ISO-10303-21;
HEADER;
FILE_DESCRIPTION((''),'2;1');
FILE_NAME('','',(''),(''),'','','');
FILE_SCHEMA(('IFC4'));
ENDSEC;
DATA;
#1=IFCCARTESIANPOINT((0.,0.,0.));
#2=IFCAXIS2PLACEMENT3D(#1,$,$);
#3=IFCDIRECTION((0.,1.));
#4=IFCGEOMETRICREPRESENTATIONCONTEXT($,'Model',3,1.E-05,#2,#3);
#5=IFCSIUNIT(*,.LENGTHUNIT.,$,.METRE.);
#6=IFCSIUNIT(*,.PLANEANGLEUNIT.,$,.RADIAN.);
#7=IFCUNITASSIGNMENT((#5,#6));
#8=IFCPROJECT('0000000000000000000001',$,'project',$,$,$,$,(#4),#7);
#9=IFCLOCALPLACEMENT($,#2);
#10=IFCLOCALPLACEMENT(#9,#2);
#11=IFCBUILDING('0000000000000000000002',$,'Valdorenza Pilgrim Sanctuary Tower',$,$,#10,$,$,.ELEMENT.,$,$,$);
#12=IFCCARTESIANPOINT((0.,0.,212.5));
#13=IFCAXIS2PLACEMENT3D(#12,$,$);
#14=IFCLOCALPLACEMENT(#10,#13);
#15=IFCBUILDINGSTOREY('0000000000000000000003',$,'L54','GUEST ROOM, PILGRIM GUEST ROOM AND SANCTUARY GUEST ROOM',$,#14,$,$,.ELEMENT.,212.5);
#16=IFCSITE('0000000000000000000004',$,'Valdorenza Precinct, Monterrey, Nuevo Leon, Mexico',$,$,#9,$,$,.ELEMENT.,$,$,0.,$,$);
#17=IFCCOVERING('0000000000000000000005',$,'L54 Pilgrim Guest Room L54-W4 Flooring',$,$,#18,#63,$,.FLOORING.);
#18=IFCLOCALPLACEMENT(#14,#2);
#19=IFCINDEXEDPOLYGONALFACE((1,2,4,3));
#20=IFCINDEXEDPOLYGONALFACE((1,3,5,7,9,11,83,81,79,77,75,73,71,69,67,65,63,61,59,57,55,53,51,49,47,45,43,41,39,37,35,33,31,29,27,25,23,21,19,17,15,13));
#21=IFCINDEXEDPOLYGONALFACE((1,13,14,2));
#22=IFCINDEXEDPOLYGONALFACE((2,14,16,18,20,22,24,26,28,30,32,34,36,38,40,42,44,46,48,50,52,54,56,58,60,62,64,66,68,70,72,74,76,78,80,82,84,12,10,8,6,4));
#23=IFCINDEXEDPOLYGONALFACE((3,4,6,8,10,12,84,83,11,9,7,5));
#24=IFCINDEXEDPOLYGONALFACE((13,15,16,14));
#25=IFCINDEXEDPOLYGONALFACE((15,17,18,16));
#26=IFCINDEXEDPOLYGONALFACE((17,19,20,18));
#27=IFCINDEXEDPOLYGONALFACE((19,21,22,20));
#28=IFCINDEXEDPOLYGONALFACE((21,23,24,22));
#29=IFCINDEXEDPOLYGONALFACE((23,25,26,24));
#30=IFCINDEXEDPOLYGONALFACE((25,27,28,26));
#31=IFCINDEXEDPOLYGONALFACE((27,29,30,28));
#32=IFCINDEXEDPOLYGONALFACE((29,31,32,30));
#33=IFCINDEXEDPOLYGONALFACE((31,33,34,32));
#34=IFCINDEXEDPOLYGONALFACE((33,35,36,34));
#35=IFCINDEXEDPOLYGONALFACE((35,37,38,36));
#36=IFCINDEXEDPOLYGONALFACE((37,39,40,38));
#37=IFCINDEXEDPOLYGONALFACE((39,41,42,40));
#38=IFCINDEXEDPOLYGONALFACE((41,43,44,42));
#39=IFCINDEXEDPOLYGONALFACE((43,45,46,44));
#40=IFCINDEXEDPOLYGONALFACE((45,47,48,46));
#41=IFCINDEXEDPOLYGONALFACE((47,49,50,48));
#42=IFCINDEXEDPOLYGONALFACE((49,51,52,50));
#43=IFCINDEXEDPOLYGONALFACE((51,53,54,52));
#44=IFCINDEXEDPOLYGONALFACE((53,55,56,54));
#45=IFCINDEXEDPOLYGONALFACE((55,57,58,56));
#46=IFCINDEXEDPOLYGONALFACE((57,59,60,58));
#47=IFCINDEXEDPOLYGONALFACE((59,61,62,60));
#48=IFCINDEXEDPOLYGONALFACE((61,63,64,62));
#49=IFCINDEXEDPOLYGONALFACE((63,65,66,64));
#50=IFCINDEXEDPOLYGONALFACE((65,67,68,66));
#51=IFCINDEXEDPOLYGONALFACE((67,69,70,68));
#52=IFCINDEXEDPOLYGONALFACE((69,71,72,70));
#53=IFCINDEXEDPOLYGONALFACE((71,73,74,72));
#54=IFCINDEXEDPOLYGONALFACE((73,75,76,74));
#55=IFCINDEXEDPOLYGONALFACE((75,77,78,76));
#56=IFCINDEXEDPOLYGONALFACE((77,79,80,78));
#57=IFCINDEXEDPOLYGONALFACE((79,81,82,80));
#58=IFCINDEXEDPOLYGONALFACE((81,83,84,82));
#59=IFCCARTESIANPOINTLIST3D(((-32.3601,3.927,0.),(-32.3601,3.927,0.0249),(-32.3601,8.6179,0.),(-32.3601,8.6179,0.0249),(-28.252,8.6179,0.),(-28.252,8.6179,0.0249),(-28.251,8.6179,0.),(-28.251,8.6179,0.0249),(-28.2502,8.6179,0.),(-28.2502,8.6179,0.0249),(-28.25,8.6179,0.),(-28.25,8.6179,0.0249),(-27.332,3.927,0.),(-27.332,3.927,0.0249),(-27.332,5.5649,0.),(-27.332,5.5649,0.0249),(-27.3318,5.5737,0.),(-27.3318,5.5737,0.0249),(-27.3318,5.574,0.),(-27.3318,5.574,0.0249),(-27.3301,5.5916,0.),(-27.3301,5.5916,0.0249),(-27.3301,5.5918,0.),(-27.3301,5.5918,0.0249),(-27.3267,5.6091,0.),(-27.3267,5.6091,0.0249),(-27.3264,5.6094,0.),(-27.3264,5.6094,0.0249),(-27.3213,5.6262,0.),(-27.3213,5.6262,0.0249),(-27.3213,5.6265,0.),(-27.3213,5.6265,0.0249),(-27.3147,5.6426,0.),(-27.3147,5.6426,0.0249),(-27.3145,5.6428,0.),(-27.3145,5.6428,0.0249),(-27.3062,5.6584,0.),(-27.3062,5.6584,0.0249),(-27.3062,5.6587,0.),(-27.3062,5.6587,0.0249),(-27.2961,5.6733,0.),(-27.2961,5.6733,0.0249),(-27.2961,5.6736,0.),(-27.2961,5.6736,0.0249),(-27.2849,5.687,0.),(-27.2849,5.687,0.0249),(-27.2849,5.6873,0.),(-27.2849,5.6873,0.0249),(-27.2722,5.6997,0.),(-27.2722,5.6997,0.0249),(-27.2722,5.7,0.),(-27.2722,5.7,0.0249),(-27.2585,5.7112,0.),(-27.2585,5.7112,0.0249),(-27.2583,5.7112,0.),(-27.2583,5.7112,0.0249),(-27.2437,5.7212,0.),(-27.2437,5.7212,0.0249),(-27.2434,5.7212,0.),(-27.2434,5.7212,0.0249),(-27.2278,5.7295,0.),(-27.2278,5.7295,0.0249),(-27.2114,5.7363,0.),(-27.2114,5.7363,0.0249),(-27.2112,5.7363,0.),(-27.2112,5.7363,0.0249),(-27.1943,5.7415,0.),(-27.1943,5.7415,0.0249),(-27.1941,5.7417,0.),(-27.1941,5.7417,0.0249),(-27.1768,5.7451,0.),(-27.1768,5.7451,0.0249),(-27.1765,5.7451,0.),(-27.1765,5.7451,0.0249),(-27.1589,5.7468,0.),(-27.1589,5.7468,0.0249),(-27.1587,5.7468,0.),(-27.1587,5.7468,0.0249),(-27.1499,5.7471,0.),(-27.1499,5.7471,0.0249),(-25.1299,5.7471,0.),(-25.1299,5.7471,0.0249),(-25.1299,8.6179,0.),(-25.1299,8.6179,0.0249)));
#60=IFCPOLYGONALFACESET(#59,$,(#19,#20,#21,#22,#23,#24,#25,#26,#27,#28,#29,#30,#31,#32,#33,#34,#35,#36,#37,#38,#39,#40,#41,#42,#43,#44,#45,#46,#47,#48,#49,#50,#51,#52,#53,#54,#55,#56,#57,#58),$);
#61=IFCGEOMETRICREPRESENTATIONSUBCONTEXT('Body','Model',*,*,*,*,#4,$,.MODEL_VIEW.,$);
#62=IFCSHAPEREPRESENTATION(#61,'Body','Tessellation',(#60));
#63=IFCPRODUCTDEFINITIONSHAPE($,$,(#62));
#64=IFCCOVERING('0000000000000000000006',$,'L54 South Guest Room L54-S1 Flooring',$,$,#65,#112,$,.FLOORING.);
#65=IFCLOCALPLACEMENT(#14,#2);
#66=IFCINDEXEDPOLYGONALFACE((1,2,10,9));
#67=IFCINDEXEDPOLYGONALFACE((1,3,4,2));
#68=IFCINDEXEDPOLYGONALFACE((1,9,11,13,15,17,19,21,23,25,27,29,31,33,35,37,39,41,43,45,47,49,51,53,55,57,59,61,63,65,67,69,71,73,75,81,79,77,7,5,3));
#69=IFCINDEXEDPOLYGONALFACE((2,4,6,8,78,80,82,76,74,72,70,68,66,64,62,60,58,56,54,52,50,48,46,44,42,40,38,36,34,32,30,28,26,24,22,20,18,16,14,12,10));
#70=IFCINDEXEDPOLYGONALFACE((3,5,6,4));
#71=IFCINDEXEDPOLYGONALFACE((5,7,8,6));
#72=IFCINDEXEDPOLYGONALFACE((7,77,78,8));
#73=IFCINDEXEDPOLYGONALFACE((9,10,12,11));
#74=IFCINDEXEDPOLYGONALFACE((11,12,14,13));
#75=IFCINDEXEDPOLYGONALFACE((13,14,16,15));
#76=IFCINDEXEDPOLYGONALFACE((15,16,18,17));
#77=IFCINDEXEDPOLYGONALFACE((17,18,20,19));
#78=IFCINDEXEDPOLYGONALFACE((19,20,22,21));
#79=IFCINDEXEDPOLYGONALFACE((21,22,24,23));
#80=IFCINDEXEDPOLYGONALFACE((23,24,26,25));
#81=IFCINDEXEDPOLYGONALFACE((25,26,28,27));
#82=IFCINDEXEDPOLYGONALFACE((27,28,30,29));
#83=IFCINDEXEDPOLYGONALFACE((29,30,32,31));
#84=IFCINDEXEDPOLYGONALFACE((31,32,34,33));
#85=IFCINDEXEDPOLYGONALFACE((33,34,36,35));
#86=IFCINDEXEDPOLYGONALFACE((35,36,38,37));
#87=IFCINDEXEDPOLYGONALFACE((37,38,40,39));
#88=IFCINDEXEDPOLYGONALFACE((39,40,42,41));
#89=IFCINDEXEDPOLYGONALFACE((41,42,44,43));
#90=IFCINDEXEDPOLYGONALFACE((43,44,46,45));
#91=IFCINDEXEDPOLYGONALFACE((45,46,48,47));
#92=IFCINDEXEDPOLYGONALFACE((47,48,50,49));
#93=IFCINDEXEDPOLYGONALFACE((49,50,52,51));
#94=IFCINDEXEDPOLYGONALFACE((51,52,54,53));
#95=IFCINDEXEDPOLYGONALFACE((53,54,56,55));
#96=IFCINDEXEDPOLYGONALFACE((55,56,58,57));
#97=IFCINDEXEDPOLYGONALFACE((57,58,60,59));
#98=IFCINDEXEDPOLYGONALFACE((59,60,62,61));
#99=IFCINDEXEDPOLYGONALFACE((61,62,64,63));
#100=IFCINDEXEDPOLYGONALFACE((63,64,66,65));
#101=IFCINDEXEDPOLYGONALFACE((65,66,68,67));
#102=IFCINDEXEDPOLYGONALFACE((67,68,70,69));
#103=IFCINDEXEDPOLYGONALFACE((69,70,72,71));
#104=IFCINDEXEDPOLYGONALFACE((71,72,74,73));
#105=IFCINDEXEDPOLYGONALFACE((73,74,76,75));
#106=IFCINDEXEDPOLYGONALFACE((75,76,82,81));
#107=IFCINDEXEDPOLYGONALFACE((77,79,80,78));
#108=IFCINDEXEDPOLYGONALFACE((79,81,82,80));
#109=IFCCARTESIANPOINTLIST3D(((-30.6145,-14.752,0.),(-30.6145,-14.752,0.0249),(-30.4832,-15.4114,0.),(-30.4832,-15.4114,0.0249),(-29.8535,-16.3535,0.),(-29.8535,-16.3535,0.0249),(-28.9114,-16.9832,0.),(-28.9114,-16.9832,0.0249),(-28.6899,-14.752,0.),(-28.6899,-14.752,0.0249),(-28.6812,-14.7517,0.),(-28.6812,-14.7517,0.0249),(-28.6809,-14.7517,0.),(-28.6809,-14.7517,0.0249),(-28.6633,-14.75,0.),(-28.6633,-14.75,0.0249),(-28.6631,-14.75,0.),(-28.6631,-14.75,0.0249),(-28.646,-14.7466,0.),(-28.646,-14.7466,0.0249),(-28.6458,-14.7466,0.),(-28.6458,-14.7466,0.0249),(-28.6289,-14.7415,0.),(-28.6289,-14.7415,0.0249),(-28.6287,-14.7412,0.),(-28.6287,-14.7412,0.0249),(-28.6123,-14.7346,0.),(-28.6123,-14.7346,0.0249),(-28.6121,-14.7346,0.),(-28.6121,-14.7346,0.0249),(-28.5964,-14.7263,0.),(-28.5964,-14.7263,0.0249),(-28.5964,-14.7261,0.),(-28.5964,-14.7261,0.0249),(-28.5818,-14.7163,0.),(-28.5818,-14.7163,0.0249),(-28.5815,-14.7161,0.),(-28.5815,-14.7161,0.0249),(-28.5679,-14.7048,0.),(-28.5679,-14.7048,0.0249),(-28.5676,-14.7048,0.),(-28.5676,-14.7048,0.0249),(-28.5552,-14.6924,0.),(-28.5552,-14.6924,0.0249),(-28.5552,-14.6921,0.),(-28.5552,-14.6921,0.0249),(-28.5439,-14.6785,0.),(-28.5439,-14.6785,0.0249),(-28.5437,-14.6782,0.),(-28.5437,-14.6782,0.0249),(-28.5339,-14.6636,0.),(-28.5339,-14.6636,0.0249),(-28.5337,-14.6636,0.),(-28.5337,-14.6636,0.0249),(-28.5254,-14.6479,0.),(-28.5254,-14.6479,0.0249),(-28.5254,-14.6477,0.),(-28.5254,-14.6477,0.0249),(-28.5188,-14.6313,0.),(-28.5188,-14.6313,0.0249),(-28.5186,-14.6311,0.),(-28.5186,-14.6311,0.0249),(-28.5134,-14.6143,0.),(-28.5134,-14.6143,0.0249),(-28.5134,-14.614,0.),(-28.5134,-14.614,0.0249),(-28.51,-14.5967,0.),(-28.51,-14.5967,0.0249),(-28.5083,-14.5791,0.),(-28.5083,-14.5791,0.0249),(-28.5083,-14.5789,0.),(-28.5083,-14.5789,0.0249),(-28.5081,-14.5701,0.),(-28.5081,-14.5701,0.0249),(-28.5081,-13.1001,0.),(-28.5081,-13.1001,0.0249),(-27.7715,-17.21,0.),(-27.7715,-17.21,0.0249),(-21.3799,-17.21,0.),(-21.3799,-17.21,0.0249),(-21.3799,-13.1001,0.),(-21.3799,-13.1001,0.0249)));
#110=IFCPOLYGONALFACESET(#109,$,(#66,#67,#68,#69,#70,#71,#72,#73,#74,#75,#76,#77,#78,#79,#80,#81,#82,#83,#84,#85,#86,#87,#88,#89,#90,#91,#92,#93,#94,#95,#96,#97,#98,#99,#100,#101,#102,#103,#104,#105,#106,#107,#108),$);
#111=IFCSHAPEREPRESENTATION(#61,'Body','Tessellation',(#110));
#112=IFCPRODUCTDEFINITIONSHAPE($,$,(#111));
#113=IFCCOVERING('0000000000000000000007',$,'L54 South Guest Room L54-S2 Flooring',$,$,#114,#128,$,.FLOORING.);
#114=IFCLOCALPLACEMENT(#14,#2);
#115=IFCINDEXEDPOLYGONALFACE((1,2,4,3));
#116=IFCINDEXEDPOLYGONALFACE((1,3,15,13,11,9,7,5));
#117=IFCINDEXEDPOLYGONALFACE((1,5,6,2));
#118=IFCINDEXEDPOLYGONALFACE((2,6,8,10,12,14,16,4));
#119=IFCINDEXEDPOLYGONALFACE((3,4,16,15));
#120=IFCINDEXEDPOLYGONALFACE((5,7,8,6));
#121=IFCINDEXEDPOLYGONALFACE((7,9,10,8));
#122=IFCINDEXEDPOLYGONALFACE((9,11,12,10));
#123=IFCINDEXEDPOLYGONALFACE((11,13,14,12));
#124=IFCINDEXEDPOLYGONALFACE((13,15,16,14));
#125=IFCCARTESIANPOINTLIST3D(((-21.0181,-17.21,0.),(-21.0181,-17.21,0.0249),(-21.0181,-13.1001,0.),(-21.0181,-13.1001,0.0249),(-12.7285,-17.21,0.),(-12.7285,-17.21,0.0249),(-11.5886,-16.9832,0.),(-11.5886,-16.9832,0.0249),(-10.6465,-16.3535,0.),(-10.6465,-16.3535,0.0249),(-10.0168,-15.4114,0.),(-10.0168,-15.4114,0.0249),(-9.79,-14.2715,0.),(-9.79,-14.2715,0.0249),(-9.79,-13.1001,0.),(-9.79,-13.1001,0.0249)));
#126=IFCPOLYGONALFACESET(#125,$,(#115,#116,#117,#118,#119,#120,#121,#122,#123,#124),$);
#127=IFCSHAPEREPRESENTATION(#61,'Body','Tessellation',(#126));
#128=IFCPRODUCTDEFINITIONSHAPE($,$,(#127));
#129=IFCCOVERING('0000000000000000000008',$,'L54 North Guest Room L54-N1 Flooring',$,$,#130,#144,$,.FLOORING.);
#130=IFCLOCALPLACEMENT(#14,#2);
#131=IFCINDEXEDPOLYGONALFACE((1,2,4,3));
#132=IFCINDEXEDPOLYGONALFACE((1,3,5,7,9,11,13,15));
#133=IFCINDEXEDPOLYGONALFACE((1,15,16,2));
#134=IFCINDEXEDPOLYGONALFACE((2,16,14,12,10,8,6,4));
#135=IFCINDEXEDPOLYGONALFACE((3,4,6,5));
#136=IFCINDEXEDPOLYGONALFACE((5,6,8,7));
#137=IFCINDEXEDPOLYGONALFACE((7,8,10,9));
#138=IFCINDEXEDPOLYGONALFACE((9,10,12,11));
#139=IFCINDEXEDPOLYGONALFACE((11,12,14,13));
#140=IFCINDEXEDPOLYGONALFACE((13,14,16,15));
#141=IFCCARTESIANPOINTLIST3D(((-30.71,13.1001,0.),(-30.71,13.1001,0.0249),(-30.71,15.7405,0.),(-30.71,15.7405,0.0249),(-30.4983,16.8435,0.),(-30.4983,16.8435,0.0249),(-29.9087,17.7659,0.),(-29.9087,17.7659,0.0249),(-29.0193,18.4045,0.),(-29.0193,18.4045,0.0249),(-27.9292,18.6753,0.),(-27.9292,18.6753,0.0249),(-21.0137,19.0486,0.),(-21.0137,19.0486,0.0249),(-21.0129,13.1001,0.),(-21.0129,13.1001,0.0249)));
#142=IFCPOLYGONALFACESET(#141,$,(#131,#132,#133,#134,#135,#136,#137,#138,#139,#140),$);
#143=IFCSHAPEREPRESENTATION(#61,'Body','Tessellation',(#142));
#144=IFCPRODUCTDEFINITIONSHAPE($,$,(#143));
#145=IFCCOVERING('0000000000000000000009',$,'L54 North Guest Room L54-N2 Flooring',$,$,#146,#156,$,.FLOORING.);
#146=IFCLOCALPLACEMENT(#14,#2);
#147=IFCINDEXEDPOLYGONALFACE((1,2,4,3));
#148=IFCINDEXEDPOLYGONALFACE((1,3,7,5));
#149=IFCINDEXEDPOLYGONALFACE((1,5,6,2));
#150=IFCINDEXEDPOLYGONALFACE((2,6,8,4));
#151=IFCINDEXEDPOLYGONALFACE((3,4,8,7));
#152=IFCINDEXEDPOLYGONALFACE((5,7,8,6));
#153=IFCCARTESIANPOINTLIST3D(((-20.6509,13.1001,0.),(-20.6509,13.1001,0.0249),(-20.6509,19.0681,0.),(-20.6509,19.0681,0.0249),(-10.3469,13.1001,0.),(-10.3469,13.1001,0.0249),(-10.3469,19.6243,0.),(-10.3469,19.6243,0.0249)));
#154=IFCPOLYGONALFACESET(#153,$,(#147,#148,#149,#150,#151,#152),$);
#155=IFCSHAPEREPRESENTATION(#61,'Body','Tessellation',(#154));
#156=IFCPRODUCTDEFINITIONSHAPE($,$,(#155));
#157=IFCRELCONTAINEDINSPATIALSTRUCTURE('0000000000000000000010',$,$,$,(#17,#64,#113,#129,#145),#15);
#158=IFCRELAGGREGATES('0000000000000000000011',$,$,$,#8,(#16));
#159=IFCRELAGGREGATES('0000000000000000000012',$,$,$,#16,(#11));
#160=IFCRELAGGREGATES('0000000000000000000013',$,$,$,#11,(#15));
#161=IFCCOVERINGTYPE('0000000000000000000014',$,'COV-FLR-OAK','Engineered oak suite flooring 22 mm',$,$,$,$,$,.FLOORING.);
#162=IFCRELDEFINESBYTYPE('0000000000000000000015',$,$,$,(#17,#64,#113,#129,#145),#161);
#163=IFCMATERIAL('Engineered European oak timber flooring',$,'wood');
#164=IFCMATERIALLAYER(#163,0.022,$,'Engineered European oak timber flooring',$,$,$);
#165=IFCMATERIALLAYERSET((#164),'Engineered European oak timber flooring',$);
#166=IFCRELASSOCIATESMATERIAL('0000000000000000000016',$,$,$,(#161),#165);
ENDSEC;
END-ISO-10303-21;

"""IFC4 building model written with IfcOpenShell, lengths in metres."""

from ifc_helpers import new_model, si_unit, direction, frame, origin, place, context, subcontext, project, spatial, polyline, outline, extrude, material, layer, layer_set, type_object, element, save


model = new_model("IFC4")

# Units and contexts
model_context = context("Model", 3, precision=1e-05, world=origin(), true_north=direction((0.0, 1.0)))
body_context = subcontext(model_context, "Body", "Model", "MODEL_VIEW")
ifc_project = project(units=[si_unit("LENGTHUNIT", "METRE"), si_unit("PLANEANGLEUNIT", "RADIAN")], contexts=[model_context])

# Site, building, storey
site_placement = place(None, origin())
site = spatial("IfcSite", under=ifc_project, at=site_placement, Name="Valdorenza Precinct, Monterrey, Nuevo Leon, Mexico", CompositionType="ELEMENT", RefElevation=0.0)
building_placement = place(site_placement, origin())
building = spatial("IfcBuilding", under=site, at=building_placement, Name="Valdorenza Pilgrim Sanctuary Tower", CompositionType="ELEMENT")
storey_placement = place(building_placement, frame((0.0, 0.0, 212.5)))
storey = spatial("IfcBuildingStorey", under=building, at=storey_placement, Name="L54", Description="GUEST ROOM, PILGRIM GUEST ROOM AND SANCTUARY GUEST ROOM", CompositionType="ELEMENT", Elevation=212.5)

# Coverings
ifc_material_1 = material(Name="Engineered European oak timber flooring", Category="wood")
ifc_layer_1 = layer(ifc_material_1, 0.022, Name="Engineered European oak timber flooring")
ifc_layer_set_1 = layer_set([ifc_layer_1], Name="Engineered European oak timber flooring")
covering_type_1 = type_object("IfcCoveringType", Name="COV-FLR-OAK", Description="Engineered oak suite flooring 22 mm", PredefinedType="FLOORING", material=ifc_layer_set_1)
covering_1_placement = place(storey_placement, origin())
element("IfcCovering", 1, at=covering_1_placement, inside=storey, type_object=covering_type_1, Name="L54 Pilgrim Guest Room L54-W4 Flooring", PredefinedType="FLOORING", context=body_context, shape_type="SweptSolid", body=[
    extrude(outline(polyline([(-28.2502, 8.6179), (-28.25, 8.6179), (-25.1299, 8.6179), (-25.1299, 5.7471), (-27.1499, 5.7471), (-27.1587, 5.7468), (-27.1589, 5.7468), (-27.1765, 5.7451), (-27.1768, 5.7451), (-27.1941, 5.7417), (-27.1943, 5.7415), (-27.2112, 5.7363), (-27.2114, 5.7363), (-27.2278, 5.7295), (-27.2278, 5.7295), (-27.2434, 5.7212), (-27.2437, 5.7212), (-27.2583, 5.7112), (-27.2585, 5.7112), (-27.2722, 5.7), (-27.2722, 5.6997), (-27.2849, 5.6873), (-27.2849, 5.687), (-27.2961, 5.6736), (-27.2961, 5.6733), (-27.3062, 5.6587), (-27.3062, 5.6584), (-27.3145, 5.6428), (-27.3147, 5.6426), (-27.3213, 5.6265), (-27.3213, 5.6262), (-27.3264, 5.6094), (-27.3267, 5.6091), (-27.3301, 5.5918), (-27.3301, 5.5916), (-27.3318, 5.574), (-27.3318, 5.5737), (-27.332, 5.5649), (-27.332, 3.927), (-32.3601, 3.927), (-32.3601, 8.6179), (-28.252, 8.6179), (-28.251, 8.6179), (-28.2502, 8.6179)])), origin(), (0.0, 0.0, 1.0), 0.0249),
])
covering_2_placement = place(storey_placement, origin())
element("IfcCovering", 2, at=covering_2_placement, inside=storey, type_object=covering_type_1, Name="L54 South Guest Room L54-S1 Flooring", PredefinedType="FLOORING", context=body_context, shape_type="SweptSolid", body=[
    extrude(outline(polyline([(-27.7715, -17.21), (-28.9114, -16.9832), (-29.8535, -16.3535), (-30.4832, -15.4114), (-30.6145, -14.752), (-28.6899, -14.752), (-28.6812, -14.7517), (-28.6809, -14.7517), (-28.6633, -14.75), (-28.6631, -14.75), (-28.646, -14.7466), (-28.6458, -14.7466), (-28.6289, -14.7415), (-28.6287, -14.7412), (-28.6123, -14.7346), (-28.6121, -14.7346), (-28.5964, -14.7263), (-28.5964, -14.7261), (-28.5818, -14.7163), (-28.5815, -14.7161), (-28.5679, -14.7048), (-28.5676, -14.7048), (-28.5552, -14.6924), (-28.5552, -14.6921), (-28.5439, -14.6785), (-28.5437, -14.6782), (-28.5339, -14.6636), (-28.5337, -14.6636), (-28.5254, -14.6479), (-28.5254, -14.6477), (-28.5188, -14.6313), (-28.5186, -14.6311), (-28.5134, -14.6143), (-28.5134, -14.614), (-28.51, -14.5967), (-28.51, -14.5967), (-28.5083, -14.5791), (-28.5083, -14.5789), (-28.5081, -14.5701), (-28.5081, -13.1001), (-21.3799, -13.1001), (-21.3799, -17.21), (-27.7715, -17.21)])), origin(), (0.0, 0.0, 1.0), 0.0249),
])
covering_3_placement = place(storey_placement, origin())
element("IfcCovering", 3, at=covering_3_placement, inside=storey, type_object=covering_type_1, Name="L54 South Guest Room L54-S2 Flooring", PredefinedType="FLOORING", context=body_context, shape_type="SweptSolid", body=[
    extrude(outline(polyline([(-9.79, -13.1001), (-9.79, -14.2715), (-10.0168, -15.4114), (-10.6465, -16.3535), (-11.5886, -16.9832), (-12.7285, -17.21), (-21.0181, -17.21), (-21.0181, -13.1001), (-9.79, -13.1001)])), origin(), (0.0, 0.0, 1.0), 0.0249),
])
covering_4_placement = place(storey_placement, origin())
element("IfcCovering", 4, at=covering_4_placement, inside=storey, type_object=covering_type_1, Name="L54 North Guest Room L54-N1 Flooring", PredefinedType="FLOORING", context=body_context, shape_type="SweptSolid", body=[
    extrude(outline(polyline([(-30.4983, 16.8435), (-29.9087, 17.7659), (-29.0193, 18.4045), (-27.9292, 18.6753), (-21.0137, 19.0486), (-21.0129, 13.1001), (-30.71, 13.1001), (-30.71, 15.7405), (-30.4983, 16.8435)])), origin(), (0.0, 0.0, 1.0), 0.0249),
])
covering_5_placement = place(storey_placement, origin())
element("IfcCovering", 5, at=covering_5_placement, inside=storey, type_object=covering_type_1, Name="L54 North Guest Room L54-N2 Flooring", PredefinedType="FLOORING", context=body_context, shape_type="SweptSolid", body=[
    extrude(outline(polyline([(-10.3469, 19.6243), (-10.3469, 13.1001), (-20.6509, 13.1001), (-20.6509, 19.0681), (-10.3469, 19.6243)])), origin(), (0.0, 0.0, 1.0), 0.0249),
])

save(model, "model.ifc")
